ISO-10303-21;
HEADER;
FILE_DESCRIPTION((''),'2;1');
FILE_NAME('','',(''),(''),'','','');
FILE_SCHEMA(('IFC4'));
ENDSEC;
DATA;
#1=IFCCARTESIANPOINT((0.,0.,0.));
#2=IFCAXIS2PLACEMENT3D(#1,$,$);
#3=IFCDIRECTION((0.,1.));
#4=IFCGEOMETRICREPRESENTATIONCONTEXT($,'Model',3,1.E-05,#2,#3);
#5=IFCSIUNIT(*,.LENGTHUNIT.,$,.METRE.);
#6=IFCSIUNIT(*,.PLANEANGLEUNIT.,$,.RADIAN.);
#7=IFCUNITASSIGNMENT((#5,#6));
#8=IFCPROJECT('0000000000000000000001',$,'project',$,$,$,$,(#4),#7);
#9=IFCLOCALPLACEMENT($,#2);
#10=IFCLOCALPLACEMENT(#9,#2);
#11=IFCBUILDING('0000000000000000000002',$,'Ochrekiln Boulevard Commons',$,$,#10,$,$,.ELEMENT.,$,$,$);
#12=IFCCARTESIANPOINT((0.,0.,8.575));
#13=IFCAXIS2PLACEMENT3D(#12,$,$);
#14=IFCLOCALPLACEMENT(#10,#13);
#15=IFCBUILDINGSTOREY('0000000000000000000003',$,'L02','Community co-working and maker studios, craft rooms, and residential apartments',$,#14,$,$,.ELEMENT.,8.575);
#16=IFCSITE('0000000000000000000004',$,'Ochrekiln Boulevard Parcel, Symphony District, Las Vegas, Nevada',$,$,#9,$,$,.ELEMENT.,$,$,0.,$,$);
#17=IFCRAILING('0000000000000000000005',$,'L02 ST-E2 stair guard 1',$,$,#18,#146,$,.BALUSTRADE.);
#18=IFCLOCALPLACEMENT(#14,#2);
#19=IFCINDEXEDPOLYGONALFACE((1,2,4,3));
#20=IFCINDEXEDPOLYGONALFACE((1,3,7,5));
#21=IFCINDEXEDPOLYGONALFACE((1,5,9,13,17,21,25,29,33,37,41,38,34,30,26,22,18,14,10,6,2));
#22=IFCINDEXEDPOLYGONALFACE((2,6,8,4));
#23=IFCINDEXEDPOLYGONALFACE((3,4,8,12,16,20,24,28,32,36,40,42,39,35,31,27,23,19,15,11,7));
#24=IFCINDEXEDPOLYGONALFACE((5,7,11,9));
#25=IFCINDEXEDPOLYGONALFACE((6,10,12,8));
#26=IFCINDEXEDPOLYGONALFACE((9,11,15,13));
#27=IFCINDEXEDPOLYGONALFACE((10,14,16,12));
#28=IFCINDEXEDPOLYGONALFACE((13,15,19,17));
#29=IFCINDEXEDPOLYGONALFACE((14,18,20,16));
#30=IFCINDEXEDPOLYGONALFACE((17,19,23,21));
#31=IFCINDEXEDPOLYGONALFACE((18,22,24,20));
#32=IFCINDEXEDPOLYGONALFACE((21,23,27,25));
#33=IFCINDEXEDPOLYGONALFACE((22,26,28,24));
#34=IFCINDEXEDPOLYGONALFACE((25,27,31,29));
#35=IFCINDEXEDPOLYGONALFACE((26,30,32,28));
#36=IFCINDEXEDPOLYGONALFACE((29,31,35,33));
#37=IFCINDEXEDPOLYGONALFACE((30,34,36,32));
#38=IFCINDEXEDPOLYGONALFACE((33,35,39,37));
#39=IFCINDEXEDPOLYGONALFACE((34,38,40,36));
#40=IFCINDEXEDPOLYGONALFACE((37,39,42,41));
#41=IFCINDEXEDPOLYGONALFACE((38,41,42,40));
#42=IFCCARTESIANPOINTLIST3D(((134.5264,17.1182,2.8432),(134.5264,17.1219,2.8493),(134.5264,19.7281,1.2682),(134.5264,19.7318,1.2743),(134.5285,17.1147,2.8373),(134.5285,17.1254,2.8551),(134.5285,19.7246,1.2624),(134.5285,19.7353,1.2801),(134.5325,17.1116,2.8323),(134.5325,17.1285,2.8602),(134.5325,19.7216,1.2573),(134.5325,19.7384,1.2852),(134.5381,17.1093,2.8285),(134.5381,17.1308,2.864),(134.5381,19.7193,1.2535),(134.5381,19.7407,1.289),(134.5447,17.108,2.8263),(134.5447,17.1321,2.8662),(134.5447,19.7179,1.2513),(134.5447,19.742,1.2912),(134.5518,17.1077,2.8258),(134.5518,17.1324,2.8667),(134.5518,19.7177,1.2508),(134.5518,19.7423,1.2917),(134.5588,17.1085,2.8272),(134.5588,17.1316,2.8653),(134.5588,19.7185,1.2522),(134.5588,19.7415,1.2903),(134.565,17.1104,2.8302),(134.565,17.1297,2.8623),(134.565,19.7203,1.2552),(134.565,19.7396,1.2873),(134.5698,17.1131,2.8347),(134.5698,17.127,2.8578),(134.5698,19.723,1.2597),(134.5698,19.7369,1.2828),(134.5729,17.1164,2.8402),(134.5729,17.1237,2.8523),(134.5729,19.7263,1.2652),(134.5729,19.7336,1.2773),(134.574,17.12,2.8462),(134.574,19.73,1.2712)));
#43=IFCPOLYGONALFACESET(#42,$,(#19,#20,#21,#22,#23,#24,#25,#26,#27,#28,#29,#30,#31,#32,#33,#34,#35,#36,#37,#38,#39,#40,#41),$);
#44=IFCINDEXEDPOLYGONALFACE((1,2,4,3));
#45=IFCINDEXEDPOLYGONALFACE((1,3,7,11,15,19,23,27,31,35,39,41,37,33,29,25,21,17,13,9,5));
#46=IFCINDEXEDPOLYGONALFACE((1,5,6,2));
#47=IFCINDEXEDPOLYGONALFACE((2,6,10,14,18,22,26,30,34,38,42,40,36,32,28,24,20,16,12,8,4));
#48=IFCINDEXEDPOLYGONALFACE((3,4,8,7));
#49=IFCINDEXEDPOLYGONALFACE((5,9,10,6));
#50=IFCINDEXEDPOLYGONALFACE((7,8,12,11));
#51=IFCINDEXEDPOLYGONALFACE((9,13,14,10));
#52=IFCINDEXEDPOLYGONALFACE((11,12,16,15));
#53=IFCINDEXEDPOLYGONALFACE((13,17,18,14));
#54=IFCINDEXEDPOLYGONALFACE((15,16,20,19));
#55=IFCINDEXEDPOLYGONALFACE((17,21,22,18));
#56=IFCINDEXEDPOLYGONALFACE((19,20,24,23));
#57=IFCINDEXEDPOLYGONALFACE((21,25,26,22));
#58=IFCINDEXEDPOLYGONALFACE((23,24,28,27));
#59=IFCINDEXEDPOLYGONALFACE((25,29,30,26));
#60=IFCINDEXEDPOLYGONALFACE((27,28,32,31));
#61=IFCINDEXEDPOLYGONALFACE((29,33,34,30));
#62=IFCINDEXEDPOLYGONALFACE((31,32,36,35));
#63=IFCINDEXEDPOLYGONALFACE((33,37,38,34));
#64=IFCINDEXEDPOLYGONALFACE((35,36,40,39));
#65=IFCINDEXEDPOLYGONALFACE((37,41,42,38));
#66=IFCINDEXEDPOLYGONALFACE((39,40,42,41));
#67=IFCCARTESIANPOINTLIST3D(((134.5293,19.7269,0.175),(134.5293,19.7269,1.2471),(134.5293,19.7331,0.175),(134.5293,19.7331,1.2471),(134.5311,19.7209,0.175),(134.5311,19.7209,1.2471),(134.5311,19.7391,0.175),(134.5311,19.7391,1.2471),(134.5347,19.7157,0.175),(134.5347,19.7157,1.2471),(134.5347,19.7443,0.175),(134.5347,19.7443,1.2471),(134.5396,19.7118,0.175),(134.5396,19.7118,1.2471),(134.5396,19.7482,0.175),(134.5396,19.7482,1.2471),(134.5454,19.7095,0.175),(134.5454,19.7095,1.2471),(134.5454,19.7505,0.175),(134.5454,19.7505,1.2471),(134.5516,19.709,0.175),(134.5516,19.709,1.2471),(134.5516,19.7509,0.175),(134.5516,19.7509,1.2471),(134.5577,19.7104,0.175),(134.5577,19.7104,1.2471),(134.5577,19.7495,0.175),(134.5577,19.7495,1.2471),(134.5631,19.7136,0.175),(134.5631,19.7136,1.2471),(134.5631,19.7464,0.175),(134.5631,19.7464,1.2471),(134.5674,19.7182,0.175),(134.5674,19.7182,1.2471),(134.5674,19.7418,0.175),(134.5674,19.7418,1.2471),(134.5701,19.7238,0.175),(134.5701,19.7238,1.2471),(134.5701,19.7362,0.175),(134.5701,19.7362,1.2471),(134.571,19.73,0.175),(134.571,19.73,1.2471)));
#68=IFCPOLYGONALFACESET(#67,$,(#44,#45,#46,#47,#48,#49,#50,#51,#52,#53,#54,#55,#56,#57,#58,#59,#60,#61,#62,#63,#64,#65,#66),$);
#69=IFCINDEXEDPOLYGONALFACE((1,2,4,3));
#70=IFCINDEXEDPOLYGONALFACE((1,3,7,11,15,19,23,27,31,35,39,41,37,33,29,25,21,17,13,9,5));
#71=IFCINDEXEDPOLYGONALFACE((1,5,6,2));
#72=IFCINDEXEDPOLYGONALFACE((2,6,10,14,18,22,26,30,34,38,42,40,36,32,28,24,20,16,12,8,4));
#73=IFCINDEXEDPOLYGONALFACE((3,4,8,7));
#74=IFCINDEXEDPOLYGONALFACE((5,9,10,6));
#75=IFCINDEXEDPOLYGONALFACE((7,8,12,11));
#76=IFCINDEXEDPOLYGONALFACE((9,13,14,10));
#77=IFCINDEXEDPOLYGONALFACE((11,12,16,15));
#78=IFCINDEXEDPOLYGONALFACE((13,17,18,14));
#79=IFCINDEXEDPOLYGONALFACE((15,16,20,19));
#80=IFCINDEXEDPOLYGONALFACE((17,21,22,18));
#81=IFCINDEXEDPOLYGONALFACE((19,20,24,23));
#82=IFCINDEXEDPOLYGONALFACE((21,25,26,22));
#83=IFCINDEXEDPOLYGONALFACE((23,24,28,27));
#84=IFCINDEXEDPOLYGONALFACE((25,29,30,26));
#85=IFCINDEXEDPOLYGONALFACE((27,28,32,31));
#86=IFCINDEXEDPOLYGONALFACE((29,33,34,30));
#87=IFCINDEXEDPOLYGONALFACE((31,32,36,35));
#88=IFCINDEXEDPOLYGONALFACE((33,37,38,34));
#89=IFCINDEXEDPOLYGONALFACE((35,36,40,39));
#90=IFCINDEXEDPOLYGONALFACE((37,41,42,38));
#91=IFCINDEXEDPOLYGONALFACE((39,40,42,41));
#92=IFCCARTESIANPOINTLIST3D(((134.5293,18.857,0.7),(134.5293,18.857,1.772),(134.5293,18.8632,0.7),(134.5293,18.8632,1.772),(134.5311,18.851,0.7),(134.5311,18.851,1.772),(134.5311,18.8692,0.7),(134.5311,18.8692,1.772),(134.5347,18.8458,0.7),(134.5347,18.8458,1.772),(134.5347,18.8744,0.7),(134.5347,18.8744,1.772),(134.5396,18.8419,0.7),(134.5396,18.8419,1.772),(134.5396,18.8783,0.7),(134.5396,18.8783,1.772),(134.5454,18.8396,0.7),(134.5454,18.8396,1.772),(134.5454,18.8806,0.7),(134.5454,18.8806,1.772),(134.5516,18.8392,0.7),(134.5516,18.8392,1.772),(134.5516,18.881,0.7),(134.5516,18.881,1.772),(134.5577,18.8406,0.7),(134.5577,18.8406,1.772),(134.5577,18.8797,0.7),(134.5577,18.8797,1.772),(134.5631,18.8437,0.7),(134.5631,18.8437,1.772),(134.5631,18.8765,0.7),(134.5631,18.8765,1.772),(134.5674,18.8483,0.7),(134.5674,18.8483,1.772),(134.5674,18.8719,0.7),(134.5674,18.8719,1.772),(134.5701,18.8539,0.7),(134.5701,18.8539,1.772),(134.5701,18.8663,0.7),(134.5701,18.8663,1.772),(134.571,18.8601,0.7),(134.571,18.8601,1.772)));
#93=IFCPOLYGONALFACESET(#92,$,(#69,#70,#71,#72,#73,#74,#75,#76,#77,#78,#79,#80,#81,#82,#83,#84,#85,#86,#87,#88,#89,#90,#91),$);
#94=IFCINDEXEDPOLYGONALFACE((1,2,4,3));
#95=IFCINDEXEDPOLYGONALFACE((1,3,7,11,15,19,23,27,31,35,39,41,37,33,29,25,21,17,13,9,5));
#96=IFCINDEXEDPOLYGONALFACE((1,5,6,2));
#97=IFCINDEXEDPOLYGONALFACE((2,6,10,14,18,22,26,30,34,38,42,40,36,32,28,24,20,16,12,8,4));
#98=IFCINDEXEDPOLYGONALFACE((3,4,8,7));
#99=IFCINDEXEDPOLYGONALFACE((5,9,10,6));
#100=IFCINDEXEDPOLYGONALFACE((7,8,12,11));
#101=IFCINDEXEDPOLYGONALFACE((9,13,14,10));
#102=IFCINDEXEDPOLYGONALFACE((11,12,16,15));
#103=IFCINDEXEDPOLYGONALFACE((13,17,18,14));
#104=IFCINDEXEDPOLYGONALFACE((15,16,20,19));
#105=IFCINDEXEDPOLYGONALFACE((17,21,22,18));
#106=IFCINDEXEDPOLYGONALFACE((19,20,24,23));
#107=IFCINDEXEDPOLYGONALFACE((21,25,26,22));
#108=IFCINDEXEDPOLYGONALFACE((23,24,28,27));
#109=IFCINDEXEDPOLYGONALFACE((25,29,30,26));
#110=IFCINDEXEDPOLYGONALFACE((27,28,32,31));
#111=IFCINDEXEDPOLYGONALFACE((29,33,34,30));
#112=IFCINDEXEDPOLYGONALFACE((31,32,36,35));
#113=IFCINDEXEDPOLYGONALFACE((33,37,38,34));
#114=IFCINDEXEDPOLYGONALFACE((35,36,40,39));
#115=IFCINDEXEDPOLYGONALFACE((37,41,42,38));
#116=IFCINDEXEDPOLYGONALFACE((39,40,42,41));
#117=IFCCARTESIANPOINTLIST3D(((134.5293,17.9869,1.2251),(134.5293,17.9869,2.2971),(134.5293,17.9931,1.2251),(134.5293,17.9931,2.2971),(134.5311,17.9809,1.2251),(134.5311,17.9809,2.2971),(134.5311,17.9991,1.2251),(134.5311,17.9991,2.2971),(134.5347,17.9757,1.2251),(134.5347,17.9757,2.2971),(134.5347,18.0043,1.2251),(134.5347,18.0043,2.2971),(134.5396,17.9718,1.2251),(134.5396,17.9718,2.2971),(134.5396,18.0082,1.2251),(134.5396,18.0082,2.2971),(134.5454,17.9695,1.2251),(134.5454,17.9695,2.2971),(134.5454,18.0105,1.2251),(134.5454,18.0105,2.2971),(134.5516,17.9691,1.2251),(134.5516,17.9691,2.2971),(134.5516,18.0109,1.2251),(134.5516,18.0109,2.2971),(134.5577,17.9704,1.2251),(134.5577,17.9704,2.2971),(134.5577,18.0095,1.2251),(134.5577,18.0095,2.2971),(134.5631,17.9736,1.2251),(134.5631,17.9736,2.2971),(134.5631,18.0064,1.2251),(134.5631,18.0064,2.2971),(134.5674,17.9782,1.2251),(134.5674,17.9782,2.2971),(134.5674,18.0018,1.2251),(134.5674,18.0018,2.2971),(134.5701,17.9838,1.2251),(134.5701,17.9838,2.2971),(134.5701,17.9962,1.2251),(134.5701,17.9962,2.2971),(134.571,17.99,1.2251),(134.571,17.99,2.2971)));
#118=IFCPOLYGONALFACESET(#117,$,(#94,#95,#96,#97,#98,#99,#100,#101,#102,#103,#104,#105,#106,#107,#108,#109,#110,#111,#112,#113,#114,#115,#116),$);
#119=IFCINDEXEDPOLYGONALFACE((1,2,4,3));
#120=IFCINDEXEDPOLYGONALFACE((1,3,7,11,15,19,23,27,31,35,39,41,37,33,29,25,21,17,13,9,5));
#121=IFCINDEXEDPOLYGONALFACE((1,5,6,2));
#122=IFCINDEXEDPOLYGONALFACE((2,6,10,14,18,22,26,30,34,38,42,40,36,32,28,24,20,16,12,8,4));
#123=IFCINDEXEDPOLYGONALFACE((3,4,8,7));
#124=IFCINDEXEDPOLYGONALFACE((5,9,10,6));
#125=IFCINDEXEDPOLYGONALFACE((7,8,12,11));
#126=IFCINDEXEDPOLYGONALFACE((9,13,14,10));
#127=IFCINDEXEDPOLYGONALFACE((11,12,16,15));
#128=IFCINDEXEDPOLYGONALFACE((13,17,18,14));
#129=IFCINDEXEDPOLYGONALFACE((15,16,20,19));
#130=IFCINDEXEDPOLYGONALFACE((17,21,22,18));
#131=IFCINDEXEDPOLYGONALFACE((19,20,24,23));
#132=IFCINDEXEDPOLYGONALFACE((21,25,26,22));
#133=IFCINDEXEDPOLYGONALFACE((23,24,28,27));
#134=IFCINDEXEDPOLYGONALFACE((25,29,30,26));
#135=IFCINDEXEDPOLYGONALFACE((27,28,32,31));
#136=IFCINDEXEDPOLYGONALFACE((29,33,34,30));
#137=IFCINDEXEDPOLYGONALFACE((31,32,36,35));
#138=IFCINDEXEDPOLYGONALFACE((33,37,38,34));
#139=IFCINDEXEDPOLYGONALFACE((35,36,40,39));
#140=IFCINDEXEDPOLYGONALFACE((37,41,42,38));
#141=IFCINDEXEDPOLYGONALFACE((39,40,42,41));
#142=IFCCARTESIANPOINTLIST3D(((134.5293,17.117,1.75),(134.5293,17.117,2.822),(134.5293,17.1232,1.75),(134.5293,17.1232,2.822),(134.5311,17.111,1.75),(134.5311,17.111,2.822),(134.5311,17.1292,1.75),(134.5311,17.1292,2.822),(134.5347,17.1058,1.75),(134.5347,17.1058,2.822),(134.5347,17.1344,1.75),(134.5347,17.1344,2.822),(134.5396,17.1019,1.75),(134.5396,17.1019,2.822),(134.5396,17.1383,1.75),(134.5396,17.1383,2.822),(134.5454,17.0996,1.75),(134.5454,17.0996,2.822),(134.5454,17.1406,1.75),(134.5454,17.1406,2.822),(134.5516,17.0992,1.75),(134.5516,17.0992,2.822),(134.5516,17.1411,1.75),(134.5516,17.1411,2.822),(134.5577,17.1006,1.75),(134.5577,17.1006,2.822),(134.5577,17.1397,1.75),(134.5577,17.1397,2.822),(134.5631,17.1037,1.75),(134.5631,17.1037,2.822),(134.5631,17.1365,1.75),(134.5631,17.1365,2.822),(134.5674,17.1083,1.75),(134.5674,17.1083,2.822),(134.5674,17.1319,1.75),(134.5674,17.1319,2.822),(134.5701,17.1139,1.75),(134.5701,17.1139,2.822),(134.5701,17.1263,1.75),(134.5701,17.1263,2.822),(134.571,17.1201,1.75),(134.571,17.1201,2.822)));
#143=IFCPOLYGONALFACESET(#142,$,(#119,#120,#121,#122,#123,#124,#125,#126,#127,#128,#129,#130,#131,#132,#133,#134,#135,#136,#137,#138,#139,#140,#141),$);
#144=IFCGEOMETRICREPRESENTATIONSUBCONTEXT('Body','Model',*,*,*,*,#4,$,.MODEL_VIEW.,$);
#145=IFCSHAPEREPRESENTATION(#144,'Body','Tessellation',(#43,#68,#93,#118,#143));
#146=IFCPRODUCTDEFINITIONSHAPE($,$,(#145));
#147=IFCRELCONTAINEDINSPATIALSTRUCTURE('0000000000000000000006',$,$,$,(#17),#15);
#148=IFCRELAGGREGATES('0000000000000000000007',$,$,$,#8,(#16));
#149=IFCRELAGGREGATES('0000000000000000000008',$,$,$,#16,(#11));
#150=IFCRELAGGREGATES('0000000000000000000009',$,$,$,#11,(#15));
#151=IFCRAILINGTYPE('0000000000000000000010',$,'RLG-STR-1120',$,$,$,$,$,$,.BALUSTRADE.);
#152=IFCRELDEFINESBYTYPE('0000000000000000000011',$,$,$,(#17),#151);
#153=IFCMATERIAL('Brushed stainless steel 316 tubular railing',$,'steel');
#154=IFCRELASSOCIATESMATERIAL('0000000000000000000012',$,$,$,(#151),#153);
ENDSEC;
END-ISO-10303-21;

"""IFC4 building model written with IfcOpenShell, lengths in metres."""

from ifc_helpers import new_model, si_unit, direction, frame, origin, origin_2d, place, context, subcontext, project, spatial, circle, extrude, material, type_object, element, save


model = new_model("IFC4")

# Units and contexts
model_context = context("Model", 3, precision=1e-05, world=origin(), true_north=direction((0.0, 1.0)))
body_context = subcontext(model_context, "Body", "Model", "MODEL_VIEW")
ifc_project = project(units=[si_unit("LENGTHUNIT", "METRE"), si_unit("PLANEANGLEUNIT", "RADIAN")], contexts=[model_context])

# Site, building, storey
site_placement = place(None, origin())
site = spatial("IfcSite", under=ifc_project, at=site_placement, Name="Ochrekiln Boulevard Parcel, Symphony District, Las Vegas, Nevada", CompositionType="ELEMENT", RefElevation=0.0)
building_placement = place(site_placement, origin())
building = spatial("IfcBuilding", under=site, at=building_placement, Name="Ochrekiln Boulevard Commons", CompositionType="ELEMENT")
storey_placement = place(building_placement, frame((0.0, 0.0, 8.575)))
storey = spatial("IfcBuildingStorey", under=building, at=storey_placement, Name="L02", Description="Community co-working and maker studios, craft rooms, and residential apartments", CompositionType="ELEMENT", Elevation=8.575)

# Railing
ifc_material_1 = material(Name="Brushed stainless steel 316 tubular railing", Category="steel")
railing_type_1 = type_object("IfcRailingType", Name="RLG-STR-1120", PredefinedType="BALUSTRADE", material=ifc_material_1)
railing_1_placement = place(storey_placement, frame((134.55, 19.73, 0.175)))
element("IfcRailing", 1, at=railing_1_placement, inside=storey, type_object=railing_type_1, Name="L02 ST-E2 stair guard 1", PredefinedType="BALUSTRADE", context=body_context, shape_type="SweptSolid", body=[
    extrude(circle(Radius=0.0239, at=origin_2d()), frame((0.0, 0.0, 1.0962), z_axis=(0.0, -0.856183, 0.516673), x_axis=(1.0, 0.0, 0.0)), (0.0, 0.0, 1.0), 3.0483),
    extrude(circle(Radius=0.021, at=origin_2d()), origin(), (0.0, 0.0, 1.0), 1.072),
    extrude(circle(Radius=0.021, at=origin_2d()), frame((0.0, -0.8699, 0.5249)), (0.0, 0.0, 1.0), 1.072),
    extrude(circle(Radius=0.021, at=origin_2d()), frame((0.0, -1.74, 1.05)), (0.0, 0.0, 1.0), 1.072),
    extrude(circle(Radius=0.021, at=origin_2d()), frame((0.0, -2.6099, 1.575)), (0.0, 0.0, 1.0), 1.072),
])

save(model, "model.ifc")
